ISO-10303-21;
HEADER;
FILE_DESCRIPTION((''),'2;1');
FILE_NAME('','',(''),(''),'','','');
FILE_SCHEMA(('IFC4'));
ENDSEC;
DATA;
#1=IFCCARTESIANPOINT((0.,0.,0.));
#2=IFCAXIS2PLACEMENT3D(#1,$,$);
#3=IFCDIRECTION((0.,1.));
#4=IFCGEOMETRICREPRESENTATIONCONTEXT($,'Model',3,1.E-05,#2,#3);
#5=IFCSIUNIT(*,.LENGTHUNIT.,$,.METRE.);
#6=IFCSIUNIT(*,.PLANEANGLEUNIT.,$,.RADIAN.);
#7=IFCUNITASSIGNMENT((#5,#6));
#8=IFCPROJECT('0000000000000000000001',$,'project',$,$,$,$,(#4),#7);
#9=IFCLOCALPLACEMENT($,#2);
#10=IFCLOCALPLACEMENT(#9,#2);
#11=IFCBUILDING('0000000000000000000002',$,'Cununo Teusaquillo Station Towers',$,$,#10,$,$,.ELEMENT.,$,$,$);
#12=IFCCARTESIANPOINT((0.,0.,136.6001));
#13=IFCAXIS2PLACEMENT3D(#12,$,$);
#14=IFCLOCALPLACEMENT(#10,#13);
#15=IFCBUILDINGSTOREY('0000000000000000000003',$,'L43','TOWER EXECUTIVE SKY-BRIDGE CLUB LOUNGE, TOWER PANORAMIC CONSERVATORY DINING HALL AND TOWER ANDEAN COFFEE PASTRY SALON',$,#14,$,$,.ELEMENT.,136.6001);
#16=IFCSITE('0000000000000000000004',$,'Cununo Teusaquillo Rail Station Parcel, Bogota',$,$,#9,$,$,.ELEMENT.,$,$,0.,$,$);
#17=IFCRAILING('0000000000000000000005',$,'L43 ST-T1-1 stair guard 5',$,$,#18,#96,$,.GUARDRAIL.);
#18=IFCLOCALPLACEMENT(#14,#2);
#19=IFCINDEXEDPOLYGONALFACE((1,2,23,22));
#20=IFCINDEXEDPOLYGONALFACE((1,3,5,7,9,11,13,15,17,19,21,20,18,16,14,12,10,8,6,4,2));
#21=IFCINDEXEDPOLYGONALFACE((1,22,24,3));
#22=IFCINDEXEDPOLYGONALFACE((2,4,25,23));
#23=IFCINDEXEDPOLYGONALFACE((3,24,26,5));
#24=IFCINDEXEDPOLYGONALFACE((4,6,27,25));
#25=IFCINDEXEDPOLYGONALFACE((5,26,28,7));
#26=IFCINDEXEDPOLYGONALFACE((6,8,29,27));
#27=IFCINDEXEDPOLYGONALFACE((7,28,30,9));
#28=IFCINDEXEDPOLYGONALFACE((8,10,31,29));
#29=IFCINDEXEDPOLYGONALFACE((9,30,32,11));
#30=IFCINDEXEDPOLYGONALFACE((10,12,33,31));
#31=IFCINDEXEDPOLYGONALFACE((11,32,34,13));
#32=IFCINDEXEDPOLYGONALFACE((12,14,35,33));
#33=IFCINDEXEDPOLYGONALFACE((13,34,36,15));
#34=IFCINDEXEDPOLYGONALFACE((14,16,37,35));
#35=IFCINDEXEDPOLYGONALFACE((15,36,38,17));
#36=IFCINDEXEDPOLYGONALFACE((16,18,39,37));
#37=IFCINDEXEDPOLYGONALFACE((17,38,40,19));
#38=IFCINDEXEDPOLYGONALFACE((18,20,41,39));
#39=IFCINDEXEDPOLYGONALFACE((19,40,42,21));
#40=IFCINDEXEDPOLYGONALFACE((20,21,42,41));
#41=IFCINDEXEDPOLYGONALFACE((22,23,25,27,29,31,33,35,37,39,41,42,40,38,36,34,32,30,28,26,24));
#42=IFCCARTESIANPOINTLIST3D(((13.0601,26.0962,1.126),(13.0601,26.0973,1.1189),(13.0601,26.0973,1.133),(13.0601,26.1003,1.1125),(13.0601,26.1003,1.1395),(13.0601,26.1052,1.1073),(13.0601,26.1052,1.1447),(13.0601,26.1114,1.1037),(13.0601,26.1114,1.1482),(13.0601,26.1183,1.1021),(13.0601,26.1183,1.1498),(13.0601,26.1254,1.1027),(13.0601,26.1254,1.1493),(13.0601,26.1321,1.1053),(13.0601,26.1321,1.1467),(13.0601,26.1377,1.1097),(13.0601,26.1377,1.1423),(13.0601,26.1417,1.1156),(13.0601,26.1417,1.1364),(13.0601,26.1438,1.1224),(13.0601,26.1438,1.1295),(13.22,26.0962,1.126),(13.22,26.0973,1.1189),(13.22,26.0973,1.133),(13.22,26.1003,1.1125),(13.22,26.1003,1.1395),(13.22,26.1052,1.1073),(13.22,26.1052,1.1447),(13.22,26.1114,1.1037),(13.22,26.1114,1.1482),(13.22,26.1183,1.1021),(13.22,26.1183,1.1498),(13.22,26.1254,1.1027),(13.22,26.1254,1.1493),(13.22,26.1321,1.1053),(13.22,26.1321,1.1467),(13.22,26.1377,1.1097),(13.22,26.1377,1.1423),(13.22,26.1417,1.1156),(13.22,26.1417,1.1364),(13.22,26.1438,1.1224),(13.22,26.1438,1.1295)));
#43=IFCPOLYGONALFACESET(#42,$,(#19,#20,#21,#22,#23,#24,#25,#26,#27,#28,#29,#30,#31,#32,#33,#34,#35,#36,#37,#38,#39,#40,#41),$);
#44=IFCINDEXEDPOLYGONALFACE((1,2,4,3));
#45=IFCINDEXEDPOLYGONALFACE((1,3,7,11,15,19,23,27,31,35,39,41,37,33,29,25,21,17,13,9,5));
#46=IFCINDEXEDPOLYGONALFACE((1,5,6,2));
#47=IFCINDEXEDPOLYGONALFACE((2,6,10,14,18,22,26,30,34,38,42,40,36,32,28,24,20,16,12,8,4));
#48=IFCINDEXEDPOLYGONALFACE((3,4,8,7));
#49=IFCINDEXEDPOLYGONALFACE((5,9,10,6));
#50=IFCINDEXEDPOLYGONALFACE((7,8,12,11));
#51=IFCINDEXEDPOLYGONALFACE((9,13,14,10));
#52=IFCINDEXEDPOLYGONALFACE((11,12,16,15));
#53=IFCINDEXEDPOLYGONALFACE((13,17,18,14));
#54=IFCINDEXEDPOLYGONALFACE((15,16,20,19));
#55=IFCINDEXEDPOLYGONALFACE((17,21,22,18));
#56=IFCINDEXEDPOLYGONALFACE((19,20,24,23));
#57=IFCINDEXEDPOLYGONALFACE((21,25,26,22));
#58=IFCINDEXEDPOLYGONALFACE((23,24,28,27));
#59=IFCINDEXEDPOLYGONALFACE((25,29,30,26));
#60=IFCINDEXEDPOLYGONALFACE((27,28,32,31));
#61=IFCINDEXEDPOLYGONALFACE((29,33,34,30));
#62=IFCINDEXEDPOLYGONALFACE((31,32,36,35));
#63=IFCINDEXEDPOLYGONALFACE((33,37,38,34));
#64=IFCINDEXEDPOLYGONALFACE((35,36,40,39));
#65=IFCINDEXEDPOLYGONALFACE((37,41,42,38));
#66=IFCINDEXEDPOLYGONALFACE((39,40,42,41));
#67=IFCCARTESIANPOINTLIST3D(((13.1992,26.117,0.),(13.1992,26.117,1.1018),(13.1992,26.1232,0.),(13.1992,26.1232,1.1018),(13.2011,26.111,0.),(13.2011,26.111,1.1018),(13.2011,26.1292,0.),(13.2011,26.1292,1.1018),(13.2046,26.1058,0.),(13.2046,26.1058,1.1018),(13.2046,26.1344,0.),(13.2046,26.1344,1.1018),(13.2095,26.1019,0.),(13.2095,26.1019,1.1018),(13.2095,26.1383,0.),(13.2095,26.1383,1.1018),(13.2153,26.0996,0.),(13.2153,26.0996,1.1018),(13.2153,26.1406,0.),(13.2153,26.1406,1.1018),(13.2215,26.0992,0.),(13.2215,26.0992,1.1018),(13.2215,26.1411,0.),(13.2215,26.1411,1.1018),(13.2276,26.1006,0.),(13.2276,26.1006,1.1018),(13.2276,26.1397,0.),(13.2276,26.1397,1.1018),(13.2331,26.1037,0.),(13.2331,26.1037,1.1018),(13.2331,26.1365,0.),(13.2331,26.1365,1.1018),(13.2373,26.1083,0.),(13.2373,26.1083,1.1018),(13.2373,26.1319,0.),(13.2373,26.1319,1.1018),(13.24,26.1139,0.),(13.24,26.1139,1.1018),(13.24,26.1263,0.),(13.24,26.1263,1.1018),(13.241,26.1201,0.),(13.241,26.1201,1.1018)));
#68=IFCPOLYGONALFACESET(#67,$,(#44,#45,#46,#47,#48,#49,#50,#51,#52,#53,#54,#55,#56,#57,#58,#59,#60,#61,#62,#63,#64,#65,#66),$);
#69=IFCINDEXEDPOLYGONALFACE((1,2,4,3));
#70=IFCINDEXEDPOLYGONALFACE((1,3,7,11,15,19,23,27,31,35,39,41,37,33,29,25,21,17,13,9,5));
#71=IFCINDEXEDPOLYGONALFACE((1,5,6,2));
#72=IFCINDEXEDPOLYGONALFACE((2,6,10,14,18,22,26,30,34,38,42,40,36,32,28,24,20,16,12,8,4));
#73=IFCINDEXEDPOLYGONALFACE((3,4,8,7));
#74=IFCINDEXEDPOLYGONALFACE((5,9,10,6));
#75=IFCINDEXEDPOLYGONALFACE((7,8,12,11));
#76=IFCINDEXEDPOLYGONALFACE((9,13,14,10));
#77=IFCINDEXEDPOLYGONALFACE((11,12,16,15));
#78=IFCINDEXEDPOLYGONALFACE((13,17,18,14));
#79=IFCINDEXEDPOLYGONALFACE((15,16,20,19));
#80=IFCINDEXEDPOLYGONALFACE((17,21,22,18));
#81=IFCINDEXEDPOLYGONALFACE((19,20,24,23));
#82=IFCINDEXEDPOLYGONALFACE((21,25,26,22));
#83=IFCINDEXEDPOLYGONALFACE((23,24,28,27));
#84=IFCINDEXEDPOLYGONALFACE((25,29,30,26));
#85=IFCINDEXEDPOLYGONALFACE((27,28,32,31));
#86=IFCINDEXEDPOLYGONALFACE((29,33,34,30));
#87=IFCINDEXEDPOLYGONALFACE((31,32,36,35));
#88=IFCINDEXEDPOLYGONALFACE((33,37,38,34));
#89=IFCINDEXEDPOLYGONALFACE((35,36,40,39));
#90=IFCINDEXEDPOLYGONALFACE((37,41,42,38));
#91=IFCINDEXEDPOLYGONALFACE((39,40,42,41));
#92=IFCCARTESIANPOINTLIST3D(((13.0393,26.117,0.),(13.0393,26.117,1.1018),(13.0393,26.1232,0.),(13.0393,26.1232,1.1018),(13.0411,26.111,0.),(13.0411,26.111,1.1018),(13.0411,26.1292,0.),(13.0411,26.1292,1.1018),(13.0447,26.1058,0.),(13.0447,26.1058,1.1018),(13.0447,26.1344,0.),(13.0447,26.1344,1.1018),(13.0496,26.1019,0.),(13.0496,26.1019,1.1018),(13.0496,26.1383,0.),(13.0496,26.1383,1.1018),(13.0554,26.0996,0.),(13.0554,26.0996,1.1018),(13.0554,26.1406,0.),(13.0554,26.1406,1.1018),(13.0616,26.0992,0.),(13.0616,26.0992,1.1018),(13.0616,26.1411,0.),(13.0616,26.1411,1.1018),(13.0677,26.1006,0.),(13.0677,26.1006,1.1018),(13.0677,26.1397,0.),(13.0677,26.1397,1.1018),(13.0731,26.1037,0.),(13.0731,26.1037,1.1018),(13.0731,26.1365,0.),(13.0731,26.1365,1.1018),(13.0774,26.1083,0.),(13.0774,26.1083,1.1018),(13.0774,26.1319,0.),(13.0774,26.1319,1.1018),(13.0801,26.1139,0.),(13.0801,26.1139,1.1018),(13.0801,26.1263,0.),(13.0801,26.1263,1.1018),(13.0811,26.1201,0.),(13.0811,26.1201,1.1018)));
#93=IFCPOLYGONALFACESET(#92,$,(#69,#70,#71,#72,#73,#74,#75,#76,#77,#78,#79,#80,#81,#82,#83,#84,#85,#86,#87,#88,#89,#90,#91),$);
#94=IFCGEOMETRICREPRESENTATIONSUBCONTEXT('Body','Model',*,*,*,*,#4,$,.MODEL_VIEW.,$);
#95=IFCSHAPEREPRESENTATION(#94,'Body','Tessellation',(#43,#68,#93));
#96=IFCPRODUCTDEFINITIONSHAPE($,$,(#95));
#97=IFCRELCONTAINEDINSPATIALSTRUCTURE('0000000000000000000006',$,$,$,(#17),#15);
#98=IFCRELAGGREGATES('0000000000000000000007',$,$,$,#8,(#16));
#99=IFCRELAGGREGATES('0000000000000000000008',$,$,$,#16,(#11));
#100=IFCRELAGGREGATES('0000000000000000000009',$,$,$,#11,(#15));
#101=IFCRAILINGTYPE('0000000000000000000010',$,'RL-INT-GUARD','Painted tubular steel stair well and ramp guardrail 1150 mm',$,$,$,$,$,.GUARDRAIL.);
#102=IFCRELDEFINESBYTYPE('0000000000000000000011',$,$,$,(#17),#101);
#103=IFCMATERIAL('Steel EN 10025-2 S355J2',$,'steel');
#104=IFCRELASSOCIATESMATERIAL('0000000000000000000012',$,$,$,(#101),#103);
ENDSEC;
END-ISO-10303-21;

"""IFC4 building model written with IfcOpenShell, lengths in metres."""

from ifc_helpers import new_model, si_unit, direction, frame, origin, origin_2d, place, context, subcontext, project, spatial, circle, extrude, material, type_object, element, save


model = new_model("IFC4")

# Units and contexts
model_context = context("Model", 3, precision=1e-05, world=origin(), true_north=direction((0.0, 1.0)))
body_context = subcontext(model_context, "Body", "Model", "MODEL_VIEW")
ifc_project = project(units=[si_unit("LENGTHUNIT", "METRE"), si_unit("PLANEANGLEUNIT", "RADIAN")], contexts=[model_context])

# Site, building, storey
site_placement = place(None, origin())
site = spatial("IfcSite", under=ifc_project, at=site_placement, Name="Cununo Teusaquillo Rail Station Parcel, Bogota", CompositionType="ELEMENT", RefElevation=0.0)
building_placement = place(site_placement, origin())
building = spatial("IfcBuilding", under=site, at=building_placement, Name="Cununo Teusaquillo Station Towers", CompositionType="ELEMENT")
storey_placement = place(building_placement, frame((0.0, 0.0, 136.6001)))
storey = spatial("IfcBuildingStorey", under=building, at=storey_placement, Name="L43", Description="TOWER EXECUTIVE SKY-BRIDGE CLUB LOUNGE, TOWER PANORAMIC CONSERVATORY DINING HALL AND TOWER ANDEAN COFFEE PASTRY SALON", CompositionType="ELEMENT", Elevation=136.6001)

# Railing
ifc_material_1 = material(Name="Steel EN 10025-2 S355J2", Category="steel")
railing_type_1 = type_object("IfcRailingType", Name="RL-INT-GUARD", Description="Painted tubular steel stair well and ramp guardrail 1150 mm", PredefinedType="GUARDRAIL", material=ifc_material_1)
railing_1_placement = place(storey_placement, frame((13.22, 26.1201, 0.0)))
element("IfcRailing", 1, at=railing_1_placement, inside=storey, type_object=railing_type_1, Name="L43 ST-T1-1 stair guard 5", PredefinedType="GUARDRAIL", context=body_context, shape_type="SweptSolid", body=[
    extrude(circle(Radius=0.0239, at=origin_2d()), frame((0.0, 0.0, 1.126), z_axis=(-1.0, 0.0, 0.0), x_axis=(0.0, -1.0, 0.0)), (0.0, 0.0, 1.0), 0.1599),
    extrude(circle(Radius=0.021, at=origin_2d()), origin(), (0.0, 0.0, 1.0), 1.1018),
    extrude(circle(Radius=0.021, at=origin_2d()), frame((-0.1599, 0.0, 0.0)), (0.0, 0.0, 1.0), 1.1018),
])

save(model, "model.ifc")
